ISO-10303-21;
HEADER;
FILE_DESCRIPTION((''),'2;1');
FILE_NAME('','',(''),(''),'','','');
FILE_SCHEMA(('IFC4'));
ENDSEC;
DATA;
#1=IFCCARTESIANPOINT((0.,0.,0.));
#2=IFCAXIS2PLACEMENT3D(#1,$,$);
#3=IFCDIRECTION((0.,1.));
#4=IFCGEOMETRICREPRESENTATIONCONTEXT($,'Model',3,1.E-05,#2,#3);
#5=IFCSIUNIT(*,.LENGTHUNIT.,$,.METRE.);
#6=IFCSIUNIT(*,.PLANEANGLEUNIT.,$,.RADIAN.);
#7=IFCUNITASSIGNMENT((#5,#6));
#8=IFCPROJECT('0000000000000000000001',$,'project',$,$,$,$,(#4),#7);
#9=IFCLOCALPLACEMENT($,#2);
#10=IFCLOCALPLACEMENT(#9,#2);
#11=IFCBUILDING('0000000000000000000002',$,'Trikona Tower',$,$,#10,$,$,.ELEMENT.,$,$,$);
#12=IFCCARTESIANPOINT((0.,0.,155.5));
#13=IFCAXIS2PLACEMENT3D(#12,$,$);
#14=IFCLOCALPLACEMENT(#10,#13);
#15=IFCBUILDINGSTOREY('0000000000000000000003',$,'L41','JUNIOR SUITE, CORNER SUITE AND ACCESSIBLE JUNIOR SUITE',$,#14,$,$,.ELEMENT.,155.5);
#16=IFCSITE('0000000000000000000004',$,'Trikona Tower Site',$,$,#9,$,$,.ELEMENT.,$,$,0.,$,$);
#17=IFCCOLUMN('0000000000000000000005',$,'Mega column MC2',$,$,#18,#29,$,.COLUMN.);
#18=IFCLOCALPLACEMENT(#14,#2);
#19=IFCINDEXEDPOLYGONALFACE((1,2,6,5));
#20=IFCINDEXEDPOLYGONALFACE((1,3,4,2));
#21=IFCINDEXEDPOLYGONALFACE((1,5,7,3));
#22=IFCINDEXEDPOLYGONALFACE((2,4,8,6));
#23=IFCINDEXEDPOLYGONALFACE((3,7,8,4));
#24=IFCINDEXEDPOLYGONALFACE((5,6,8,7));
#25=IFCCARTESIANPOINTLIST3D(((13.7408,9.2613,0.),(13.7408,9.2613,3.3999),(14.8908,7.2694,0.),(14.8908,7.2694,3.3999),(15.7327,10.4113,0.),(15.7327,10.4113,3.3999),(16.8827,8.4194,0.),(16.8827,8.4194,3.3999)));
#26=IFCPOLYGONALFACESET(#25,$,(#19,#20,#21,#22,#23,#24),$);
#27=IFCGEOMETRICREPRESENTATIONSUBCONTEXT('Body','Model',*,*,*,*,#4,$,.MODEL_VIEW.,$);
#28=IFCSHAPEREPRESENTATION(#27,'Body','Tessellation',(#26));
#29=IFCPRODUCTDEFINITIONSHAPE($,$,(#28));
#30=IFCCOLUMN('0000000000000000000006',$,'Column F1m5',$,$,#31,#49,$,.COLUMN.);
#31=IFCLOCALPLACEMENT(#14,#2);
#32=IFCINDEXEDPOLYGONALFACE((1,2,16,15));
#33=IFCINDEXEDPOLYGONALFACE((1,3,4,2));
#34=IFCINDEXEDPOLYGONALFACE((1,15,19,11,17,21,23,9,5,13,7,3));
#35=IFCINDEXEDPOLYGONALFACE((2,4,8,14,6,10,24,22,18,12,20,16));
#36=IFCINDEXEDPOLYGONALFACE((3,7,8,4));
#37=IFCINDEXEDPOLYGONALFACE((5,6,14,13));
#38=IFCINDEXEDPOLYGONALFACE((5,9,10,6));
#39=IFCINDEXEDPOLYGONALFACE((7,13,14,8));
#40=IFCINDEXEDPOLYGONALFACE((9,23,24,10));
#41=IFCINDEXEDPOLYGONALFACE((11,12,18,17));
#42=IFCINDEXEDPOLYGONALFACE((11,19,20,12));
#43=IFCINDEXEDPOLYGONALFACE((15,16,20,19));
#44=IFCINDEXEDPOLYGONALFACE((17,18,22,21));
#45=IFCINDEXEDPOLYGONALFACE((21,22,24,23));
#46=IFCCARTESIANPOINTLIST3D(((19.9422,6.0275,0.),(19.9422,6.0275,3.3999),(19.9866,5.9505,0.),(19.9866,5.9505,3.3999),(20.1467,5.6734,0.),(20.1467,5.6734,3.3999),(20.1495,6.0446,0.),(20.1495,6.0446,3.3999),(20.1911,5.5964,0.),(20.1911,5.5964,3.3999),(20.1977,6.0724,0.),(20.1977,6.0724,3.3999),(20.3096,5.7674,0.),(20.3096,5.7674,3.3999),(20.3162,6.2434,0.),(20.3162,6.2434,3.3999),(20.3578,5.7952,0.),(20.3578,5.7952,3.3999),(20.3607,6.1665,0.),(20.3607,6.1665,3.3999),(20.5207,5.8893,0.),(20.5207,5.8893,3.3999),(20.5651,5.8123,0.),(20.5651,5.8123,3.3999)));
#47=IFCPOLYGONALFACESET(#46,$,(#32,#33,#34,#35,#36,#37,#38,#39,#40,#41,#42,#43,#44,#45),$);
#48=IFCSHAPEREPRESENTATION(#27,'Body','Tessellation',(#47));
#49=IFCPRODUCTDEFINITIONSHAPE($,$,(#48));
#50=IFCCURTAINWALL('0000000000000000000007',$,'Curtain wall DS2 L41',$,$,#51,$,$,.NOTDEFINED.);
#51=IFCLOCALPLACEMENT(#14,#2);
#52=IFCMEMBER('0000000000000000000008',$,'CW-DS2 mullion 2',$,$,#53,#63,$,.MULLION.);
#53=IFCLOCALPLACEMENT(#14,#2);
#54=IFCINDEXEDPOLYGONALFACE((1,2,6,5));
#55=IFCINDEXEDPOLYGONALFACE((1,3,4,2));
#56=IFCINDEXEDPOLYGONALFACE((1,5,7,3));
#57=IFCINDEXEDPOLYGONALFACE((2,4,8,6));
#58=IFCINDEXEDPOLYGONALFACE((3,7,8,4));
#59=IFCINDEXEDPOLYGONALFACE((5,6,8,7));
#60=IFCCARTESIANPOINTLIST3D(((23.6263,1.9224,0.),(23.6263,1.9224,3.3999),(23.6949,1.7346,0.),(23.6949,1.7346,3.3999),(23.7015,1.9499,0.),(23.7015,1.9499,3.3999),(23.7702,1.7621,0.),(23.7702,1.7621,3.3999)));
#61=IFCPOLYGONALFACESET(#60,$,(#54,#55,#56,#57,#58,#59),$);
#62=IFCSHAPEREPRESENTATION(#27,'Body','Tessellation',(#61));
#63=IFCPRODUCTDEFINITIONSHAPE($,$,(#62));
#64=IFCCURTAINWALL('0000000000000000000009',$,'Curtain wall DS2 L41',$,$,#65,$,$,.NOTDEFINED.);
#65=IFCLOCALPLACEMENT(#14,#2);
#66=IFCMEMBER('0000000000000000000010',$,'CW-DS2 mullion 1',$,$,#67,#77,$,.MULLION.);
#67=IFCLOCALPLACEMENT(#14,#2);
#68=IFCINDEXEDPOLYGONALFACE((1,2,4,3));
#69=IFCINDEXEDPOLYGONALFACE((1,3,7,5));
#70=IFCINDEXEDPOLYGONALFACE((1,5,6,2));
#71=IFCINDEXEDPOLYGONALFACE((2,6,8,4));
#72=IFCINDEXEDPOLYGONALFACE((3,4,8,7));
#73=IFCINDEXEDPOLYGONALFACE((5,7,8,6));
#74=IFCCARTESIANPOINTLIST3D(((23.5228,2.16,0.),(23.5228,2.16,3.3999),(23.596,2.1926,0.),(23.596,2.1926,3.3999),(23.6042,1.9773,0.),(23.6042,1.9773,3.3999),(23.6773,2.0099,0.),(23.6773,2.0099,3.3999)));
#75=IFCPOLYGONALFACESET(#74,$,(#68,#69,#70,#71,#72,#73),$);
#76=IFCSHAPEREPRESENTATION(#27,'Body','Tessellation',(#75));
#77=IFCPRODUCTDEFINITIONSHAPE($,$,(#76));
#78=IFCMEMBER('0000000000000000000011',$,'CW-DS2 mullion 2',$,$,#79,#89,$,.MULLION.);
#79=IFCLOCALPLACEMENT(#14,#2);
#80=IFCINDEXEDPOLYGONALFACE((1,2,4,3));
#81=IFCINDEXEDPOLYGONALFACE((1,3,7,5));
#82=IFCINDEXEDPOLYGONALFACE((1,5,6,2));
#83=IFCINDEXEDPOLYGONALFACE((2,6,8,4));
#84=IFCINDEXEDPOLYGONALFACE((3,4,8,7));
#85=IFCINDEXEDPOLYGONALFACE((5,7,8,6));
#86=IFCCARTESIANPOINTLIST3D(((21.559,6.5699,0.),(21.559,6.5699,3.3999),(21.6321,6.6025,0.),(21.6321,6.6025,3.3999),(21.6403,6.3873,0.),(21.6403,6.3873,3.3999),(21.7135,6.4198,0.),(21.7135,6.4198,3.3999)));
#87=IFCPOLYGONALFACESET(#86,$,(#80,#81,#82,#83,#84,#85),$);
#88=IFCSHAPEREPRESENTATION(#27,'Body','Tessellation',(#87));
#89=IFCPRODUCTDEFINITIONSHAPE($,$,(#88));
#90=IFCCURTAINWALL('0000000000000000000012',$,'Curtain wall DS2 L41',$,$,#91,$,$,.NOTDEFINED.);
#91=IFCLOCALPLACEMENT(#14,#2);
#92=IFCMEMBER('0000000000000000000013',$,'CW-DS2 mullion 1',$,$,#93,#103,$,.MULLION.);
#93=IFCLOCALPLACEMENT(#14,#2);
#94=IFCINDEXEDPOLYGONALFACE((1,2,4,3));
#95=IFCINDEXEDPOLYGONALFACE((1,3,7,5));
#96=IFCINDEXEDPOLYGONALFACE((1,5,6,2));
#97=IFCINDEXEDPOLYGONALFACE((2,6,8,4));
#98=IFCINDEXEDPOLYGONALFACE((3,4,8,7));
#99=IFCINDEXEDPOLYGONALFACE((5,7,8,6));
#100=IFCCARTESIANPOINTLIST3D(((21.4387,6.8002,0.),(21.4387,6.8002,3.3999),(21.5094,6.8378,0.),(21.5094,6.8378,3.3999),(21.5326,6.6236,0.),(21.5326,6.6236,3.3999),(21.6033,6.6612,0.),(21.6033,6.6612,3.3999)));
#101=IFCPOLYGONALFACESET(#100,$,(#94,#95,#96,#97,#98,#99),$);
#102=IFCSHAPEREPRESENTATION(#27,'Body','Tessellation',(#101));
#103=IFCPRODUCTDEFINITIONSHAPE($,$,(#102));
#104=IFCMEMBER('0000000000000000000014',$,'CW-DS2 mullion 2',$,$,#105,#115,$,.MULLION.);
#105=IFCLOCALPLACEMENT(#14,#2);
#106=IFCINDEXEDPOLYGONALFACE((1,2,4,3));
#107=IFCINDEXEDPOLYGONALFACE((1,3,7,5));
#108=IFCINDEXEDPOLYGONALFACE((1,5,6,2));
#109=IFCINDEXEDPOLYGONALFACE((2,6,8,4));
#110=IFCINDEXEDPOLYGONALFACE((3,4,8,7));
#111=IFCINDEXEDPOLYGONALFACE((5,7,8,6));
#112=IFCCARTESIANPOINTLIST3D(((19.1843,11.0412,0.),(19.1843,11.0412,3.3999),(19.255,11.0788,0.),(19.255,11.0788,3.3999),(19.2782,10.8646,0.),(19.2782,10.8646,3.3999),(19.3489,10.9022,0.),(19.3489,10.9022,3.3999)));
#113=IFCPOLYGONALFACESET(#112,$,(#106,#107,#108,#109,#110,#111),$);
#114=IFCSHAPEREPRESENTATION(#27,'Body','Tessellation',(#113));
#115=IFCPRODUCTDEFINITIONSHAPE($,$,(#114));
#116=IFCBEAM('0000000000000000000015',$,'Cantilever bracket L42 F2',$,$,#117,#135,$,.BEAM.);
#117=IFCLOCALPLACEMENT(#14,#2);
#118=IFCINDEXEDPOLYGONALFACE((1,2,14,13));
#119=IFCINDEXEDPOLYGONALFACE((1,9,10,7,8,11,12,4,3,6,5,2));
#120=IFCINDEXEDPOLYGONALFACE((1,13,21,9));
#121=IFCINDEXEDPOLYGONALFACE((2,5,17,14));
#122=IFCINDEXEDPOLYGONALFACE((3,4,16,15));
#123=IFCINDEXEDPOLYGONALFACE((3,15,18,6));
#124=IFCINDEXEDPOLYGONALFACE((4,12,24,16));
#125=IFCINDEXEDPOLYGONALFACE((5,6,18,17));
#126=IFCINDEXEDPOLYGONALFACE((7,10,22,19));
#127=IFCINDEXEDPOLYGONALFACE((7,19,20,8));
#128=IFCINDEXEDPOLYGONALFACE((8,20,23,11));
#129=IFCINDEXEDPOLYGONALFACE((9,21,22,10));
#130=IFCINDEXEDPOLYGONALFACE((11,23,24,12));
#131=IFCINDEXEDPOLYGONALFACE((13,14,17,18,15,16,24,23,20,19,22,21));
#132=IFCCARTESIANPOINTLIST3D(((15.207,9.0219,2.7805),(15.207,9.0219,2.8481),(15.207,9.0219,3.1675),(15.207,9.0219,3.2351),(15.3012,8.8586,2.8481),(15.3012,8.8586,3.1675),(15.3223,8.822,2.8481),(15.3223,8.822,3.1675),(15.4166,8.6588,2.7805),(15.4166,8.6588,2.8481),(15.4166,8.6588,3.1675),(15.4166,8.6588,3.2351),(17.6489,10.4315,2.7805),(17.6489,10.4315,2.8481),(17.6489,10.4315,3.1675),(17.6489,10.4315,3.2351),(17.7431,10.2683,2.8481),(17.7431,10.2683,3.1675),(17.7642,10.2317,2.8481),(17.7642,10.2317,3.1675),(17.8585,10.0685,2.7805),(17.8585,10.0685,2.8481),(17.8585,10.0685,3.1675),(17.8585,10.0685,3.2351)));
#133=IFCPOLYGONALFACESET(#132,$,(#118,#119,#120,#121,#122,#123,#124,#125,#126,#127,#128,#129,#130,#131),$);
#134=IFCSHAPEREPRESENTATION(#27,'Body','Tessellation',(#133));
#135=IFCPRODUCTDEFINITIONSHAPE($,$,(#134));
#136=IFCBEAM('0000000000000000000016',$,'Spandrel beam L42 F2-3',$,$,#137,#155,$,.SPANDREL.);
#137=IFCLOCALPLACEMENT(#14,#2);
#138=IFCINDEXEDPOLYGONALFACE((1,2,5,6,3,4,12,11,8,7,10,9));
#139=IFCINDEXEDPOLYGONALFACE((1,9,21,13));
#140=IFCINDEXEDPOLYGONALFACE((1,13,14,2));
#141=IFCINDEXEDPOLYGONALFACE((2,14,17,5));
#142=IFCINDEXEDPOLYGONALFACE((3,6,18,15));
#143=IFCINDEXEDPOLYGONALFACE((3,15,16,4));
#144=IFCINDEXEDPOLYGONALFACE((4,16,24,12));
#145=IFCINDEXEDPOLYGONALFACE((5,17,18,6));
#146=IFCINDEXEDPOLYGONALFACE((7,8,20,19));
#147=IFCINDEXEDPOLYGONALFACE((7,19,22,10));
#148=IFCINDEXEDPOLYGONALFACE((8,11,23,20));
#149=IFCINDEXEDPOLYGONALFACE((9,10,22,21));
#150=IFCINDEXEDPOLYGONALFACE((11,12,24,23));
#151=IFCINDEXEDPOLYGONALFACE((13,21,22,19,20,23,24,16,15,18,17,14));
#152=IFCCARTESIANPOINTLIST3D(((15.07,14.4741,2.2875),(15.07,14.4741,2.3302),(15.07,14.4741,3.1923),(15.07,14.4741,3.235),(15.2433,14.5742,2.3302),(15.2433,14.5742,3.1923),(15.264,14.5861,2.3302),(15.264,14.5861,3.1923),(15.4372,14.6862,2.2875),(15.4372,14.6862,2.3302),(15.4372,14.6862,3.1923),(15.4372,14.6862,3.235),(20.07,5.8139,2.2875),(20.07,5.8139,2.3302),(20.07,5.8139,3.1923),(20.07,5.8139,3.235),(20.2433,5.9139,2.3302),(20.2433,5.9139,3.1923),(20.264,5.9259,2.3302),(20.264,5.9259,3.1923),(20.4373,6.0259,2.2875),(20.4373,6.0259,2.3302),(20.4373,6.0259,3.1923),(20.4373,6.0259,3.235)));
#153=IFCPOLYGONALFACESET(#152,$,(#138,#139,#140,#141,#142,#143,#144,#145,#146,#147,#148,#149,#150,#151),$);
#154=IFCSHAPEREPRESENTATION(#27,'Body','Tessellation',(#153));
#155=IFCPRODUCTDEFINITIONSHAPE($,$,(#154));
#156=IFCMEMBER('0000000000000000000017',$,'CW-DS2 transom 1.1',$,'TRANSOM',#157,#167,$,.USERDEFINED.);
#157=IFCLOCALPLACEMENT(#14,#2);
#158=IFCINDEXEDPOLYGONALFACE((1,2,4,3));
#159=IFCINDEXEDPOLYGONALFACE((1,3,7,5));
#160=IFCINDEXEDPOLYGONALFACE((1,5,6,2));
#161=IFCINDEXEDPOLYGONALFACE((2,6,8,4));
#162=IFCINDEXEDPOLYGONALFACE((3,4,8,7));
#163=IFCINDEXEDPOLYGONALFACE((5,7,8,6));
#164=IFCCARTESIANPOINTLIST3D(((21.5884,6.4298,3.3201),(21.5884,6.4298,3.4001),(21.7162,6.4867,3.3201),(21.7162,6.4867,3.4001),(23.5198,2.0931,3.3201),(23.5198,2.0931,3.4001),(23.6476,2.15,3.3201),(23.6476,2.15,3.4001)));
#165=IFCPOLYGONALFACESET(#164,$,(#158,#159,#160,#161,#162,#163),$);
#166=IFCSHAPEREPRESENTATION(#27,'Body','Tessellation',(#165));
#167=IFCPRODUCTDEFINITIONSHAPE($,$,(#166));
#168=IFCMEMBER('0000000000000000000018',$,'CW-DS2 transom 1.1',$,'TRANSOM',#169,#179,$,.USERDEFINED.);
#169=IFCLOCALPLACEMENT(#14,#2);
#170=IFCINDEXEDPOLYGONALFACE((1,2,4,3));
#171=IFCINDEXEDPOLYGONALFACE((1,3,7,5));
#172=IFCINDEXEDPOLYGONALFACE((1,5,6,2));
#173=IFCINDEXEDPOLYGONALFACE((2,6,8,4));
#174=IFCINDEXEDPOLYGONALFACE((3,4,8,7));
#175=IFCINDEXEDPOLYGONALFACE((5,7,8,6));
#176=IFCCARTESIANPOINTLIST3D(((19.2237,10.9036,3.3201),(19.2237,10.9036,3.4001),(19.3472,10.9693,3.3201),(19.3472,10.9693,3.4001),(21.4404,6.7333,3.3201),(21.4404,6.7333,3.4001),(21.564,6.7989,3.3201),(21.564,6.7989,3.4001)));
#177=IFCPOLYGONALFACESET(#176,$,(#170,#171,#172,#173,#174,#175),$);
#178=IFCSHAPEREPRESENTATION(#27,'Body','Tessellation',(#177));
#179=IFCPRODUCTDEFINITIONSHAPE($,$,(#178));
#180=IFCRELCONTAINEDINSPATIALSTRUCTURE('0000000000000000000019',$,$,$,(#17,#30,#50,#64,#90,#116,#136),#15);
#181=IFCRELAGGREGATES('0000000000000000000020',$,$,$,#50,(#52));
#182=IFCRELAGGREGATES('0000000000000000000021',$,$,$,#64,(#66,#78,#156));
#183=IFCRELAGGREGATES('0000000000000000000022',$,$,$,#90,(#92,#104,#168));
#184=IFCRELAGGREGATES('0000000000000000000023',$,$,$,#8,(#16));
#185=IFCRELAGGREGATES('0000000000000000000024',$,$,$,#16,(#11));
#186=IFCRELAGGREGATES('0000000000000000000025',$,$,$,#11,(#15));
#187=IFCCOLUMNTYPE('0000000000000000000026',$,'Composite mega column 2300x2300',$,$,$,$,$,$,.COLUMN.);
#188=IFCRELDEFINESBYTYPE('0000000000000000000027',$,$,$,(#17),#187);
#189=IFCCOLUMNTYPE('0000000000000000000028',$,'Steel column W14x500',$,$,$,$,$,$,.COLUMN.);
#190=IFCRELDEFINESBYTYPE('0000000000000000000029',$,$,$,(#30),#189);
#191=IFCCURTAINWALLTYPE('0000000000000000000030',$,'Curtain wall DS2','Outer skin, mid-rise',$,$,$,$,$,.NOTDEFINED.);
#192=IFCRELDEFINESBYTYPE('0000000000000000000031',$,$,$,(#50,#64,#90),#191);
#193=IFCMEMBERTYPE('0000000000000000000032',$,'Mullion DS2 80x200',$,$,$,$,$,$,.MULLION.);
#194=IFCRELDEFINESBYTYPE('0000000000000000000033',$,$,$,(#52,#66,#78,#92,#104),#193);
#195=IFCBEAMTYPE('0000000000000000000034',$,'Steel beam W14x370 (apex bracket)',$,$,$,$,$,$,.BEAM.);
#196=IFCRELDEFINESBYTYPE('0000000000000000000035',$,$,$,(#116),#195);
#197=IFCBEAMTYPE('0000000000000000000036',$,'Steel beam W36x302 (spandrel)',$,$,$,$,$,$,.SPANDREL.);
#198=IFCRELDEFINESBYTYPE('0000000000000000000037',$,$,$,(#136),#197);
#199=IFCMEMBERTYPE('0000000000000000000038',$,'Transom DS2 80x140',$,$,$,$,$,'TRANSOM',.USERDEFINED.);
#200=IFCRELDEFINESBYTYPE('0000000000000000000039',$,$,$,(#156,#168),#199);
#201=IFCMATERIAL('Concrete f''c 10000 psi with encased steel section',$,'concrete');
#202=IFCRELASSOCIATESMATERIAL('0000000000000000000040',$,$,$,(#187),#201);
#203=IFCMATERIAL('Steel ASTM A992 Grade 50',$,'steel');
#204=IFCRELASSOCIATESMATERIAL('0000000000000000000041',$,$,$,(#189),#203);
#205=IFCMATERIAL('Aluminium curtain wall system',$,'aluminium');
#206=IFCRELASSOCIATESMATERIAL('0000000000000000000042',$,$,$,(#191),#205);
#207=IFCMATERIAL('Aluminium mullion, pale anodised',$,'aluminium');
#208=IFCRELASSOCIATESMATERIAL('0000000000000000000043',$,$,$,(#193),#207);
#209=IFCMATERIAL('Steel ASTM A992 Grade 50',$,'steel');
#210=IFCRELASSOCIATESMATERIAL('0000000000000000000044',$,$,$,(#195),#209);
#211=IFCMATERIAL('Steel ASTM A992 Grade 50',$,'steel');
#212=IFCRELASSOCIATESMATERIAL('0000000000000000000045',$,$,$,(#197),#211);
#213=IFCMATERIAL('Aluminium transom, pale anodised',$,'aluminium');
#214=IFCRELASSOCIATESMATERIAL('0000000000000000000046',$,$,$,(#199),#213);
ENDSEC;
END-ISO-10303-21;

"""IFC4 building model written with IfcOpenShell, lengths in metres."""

from ifc_helpers import new_model, si_unit, direction, frame, origin, origin_2d, place, context, subcontext, project, spatial, rectangle, i_section, extrude, material, material_profile, profile_set, type_object, element, aggregate, save


model = new_model("IFC4")

# Units and contexts
model_context = context("Model", 3, precision=1e-05, world=origin(), true_north=direction((0.0, 1.0)))
body_context = subcontext(model_context, "Body", "Model", "MODEL_VIEW")
ifc_project = project(units=[si_unit("LENGTHUNIT", "METRE"), si_unit("PLANEANGLEUNIT", "RADIAN")], contexts=[model_context])

# Site, building, storey
site_placement = place(None, origin())
site = spatial("IfcSite", under=ifc_project, at=site_placement, Name="Trikona Tower Site", CompositionType="ELEMENT", RefElevation=0.0)
building_placement = place(site_placement, origin())
building = spatial("IfcBuilding", under=site, at=building_placement, Name="Trikona Tower", CompositionType="ELEMENT")
storey_placement = place(building_placement, frame((0.0, 0.0, 155.5)))
storey = spatial("IfcBuildingStorey", under=building, at=storey_placement, Name="L41", Description="JUNIOR SUITE, CORNER SUITE AND ACCESSIBLE JUNIOR SUITE", CompositionType="ELEMENT", Elevation=155.5)

# Columns
ifc_material_1 = material(Name="Concrete f'c 10000 psi with encased steel section", Category="concrete")
ifc_material_profile_1 = material_profile(ifc_material_1, rectangle(XDim=2.3, YDim=2.3, at=origin_2d()), Name="MC2300")
ifc_profile_set_1 = profile_set([ifc_material_profile_1], Name="Concrete f'c 10000 psi with encased steel section")
column_type_1 = type_object("IfcColumnType", Name="Composite mega column 2300x2300", PredefinedType="COLUMN", material=ifc_profile_set_1)
column_1_placement = place(storey_placement, frame((15.3118, 8.8403, 0.0), z_axis=(0.0, 0.0, 1.0), x_axis=(0.866025, 0.5, 0.0)))
element("IfcColumn", 1, at=column_1_placement, inside=storey, type_object=column_type_1, Name="Mega column MC2", PredefinedType="COLUMN", context=body_context, shape_type="SweptSolid", body=[
    extrude(rectangle(XDim=2.3, YDim=2.3, at=origin_2d()), origin(), (0.0, 0.0, 1.0), 3.3999),
])
ifc_material_2 = material(Name="Steel ASTM A992 Grade 50", Category="steel")
ifc_material_profile_2 = material_profile(ifc_material_2, i_section(OverallWidth=0.4319, OverallDepth=0.4978, WebThickness=0.0557, FlangeThickness=0.0889, at=origin_2d()), Name="W14X500")
ifc_profile_set_2 = profile_set([ifc_material_profile_2], Name="Steel ASTM A992 Grade 50")
column_type_2 = type_object("IfcColumnType", Name="Steel column W14x500", PredefinedType="COLUMN", material=ifc_profile_set_2)
column_2_placement = place(storey_placement, frame((20.2537, 5.9199, 0.0), z_axis=(0.0, 0.0, 1.0), x_axis=(0.866025, 0.5, 0.0)))
element("IfcColumn", 2, at=column_2_placement, inside=storey, type_object=column_type_2, Name="Column F1m5", PredefinedType="COLUMN", context=body_context, shape_type="SweptSolid", body=[
    extrude(i_section(OverallWidth=0.4319, OverallDepth=0.4978, WebThickness=0.0557, FlangeThickness=0.0889, at=origin_2d()), origin(), (0.0, 0.0, 1.0), 3.3999),
])

# Curtain wall, member
ifc_material_3 = material(Name="Aluminium curtain wall system", Category="aluminium")
curtain_wall_type = type_object("IfcCurtainWallType", Name="Curtain wall DS2", Description="Outer skin, mid-rise", PredefinedType="NOTDEFINED", material=ifc_material_3)
curtain_wall_1_placement = place(storey_placement, origin())
curtain_wall_1 = element("IfcCurtainWall", 3, at=curtain_wall_1_placement, inside=storey, type_object=curtain_wall_type, Name="Curtain wall DS2 L41", PredefinedType="NOTDEFINED")
ifc_material_4 = material(Name="Aluminium mullion, pale anodised", Category="aluminium")
ifc_material_profile_3 = material_profile(ifc_material_4, rectangle(XDim=0.0801, YDim=0.2, at=origin_2d()), Name="MUL-DS2")
ifc_profile_set_3 = profile_set([ifc_material_profile_3], Name="Aluminium mullion, pale anodised")
member_type_1 = type_object("IfcMemberType", Name="Mullion DS2 80x200", PredefinedType="MULLION", material=ifc_profile_set_3)
member_1_placement = place(storey_placement, frame((23.6982, 1.8423, 0.0), z_axis=(0.0, 0.0, 1.0), x_axis=(-0.939254, -0.343223, 0.0)))
member_1 = element("IfcMember", 4, at=member_1_placement, type_object=member_type_1, Name="CW-DS2 mullion 2", PredefinedType="MULLION", context=body_context, shape_type="SweptSolid", body=[
    extrude(rectangle(XDim=0.0801, YDim=0.2, at=origin_2d()), origin(), (0.0, 0.0, 1.0), 3.3999),
])
aggregate(curtain_wall_1, [member_1])

# Curtain walls, members
curtain_wall_2_placement = place(storey_placement, origin())
curtain_wall_2 = element("IfcCurtainWall", 5, at=curtain_wall_2_placement, inside=storey, type_object=curtain_wall_type, Name="Curtain wall DS2 L41", PredefinedType="NOTDEFINED")
member_2_placement = place(storey_placement, frame((23.6001, 2.085, 0.0), z_axis=(0.0, 0.0, 1.0), x_axis=(-0.913501, -0.406836, 0.0)))
member_2 = element("IfcMember", 6, at=member_2_placement, type_object=member_type_1, Name="CW-DS2 mullion 1", PredefinedType="MULLION", context=body_context, shape_type="SweptSolid", body=[
    extrude(rectangle(XDim=0.0801, YDim=0.2, at=origin_2d()), origin(), (0.0, 0.0, 1.0), 3.3999),
])
member_3_placement = place(storey_placement, frame((21.6362, 6.4949, 0.0), z_axis=(0.0, 0.0, 1.0), x_axis=(-0.913501, -0.406836, 0.0)))
member_3 = element("IfcMember", 7, at=member_3_placement, type_object=member_type_1, Name="CW-DS2 mullion 2", PredefinedType="MULLION", context=body_context, shape_type="SweptSolid", body=[
    extrude(rectangle(XDim=0.0801, YDim=0.2, at=origin_2d()), origin(), (0.0, 0.0, 1.0), 3.3999),
])
curtain_wall_3_placement = place(storey_placement, origin())
curtain_wall_3 = element("IfcCurtainWall", 8, at=curtain_wall_3_placement, inside=storey, type_object=curtain_wall_type, Name="Curtain wall DS2 L41", PredefinedType="NOTDEFINED")
member_4_placement = place(storey_placement, frame((21.521, 6.7307, 0.0), z_axis=(0.0, 0.0, 1.0), x_axis=(-0.882996, -0.46938, 0.0)))
member_4 = element("IfcMember", 9, at=member_4_placement, type_object=member_type_1, Name="CW-DS2 mullion 1", PredefinedType="MULLION", context=body_context, shape_type="SweptSolid", body=[
    extrude(rectangle(XDim=0.0801, YDim=0.2, at=origin_2d()), origin(), (0.0, 0.0, 1.0), 3.3999),
])
member_5_placement = place(storey_placement, frame((19.2666, 10.9717, 0.0), z_axis=(0.0, 0.0, 1.0), x_axis=(-0.882996, -0.46938, 0.0)))
member_5 = element("IfcMember", 10, at=member_5_placement, type_object=member_type_1, Name="CW-DS2 mullion 2", PredefinedType="MULLION", context=body_context, shape_type="SweptSolid", body=[
    extrude(rectangle(XDim=0.0801, YDim=0.2, at=origin_2d()), origin(), (0.0, 0.0, 1.0), 3.3999),
])

# Beams
ifc_material_5 = material(Name="Steel ASTM A992 Grade 50", Category="steel")
ifc_material_profile_4 = material_profile(ifc_material_5, i_section(OverallWidth=0.4192, OverallDepth=0.4546, WebThickness=0.0422, FlangeThickness=0.0676, at=origin_2d()), Name="W14X370")
ifc_profile_set_4 = profile_set([ifc_material_profile_4], Name="Steel ASTM A992 Grade 50")
beam_type_1 = type_object("IfcBeamType", Name="Steel beam W14x370 (apex bracket)", PredefinedType="BEAM", material=ifc_profile_set_4)
beam_1_placement = place(storey_placement, frame((15.3118, 8.8403, 3.0078), z_axis=(0.86605, 0.499957, 0.0), x_axis=(-0.499957, 0.86605, 0.0)))
element("IfcBeam", 11, at=beam_1_placement, inside=storey, type_object=beam_type_1, Name="Cantilever bracket L42 F2", PredefinedType="BEAM", context=body_context, shape_type="SweptSolid", body=[
    extrude(i_section(OverallWidth=0.4192, OverallDepth=0.4546, WebThickness=0.0422, FlangeThickness=0.0676, at=origin_2d()), origin(), (0.0, 0.0, 1.0), 2.8196),
])
ifc_material_6 = material(Name="Steel ASTM A992 Grade 50", Category="steel")
ifc_material_profile_5 = material_profile(ifc_material_6, i_section(OverallWidth=0.4241, OverallDepth=0.9475, WebThickness=0.0239, FlangeThickness=0.0427, at=origin_2d()), Name="W36X302")
ifc_profile_set_5 = profile_set([ifc_material_profile_5], Name="Steel ASTM A992 Grade 50")
beam_type_2 = type_object("IfcBeamType", Name="Steel beam W36x302 (spandrel)", PredefinedType="SPANDREL", material=ifc_profile_set_5)
beam_2_placement = place(storey_placement, frame((20.2537, 5.9199, 2.7612), z_axis=(-0.500004, 0.866023, 0.0), x_axis=(-0.866023, -0.500004, 0.0)))
element("IfcBeam", 12, at=beam_2_placement, inside=storey, type_object=beam_type_2, Name="Spandrel beam L42 F2-3", PredefinedType="SPANDREL", context=body_context, shape_type="SweptSolid", body=[
    extrude(i_section(OverallWidth=0.4241, OverallDepth=0.9475, WebThickness=0.0239, FlangeThickness=0.0427, at=origin_2d()), origin(), (0.0, 0.0, 1.0), 10.0),
])

# Members
ifc_material_7 = material(Name="Aluminium transom, pale anodised", Category="aluminium")
ifc_material_profile_6 = material_profile(ifc_material_7, rectangle(XDim=0.1399, YDim=0.0801, at=origin_2d()), Name="TRN-DS2")
ifc_profile_set_6 = profile_set([ifc_material_profile_6], Name="Aluminium transom, pale anodised")
member_type_2 = type_object("IfcMemberType", Name="Transom DS2 80x140", ElementType="TRANSOM", PredefinedType="USERDEFINED", material=ifc_profile_set_6)
member_6_placement = place(storey_placement, frame((23.5837, 2.1216, 3.3601), z_axis=(-0.40684, 0.9135, 0.0), x_axis=(-0.9135, -0.40684, 0.0)))
member_6 = element("IfcMember", 13, at=member_6_placement, type_object=member_type_2, Name="CW-DS2 transom 1.1", ObjectType="TRANSOM", PredefinedType="USERDEFINED", context=body_context, shape_type="SweptSolid", body=[
    extrude(rectangle(XDim=0.1399, YDim=0.0801, at=origin_2d()), origin(), (0.0, 0.0, 1.0), 4.7473),
])
member_7_placement = place(storey_placement, frame((21.5022, 6.7661, 3.3601), z_axis=(-0.469364, 0.883005, 0.0), x_axis=(-0.883005, -0.469364, 0.0)))
member_7 = element("IfcMember", 14, at=member_7_placement, type_object=member_type_2, Name="CW-DS2 transom 1.1", ObjectType="TRANSOM", PredefinedType="USERDEFINED", context=body_context, shape_type="SweptSolid", body=[
    extrude(rectangle(XDim=0.1399, YDim=0.0801, at=origin_2d()), origin(), (0.0, 0.0, 1.0), 4.7229),
])

aggregate(curtain_wall_2, [member_2, member_3, member_6])
aggregate(curtain_wall_3, [member_4, member_5, member_7])

save(model, "model.ifc")
